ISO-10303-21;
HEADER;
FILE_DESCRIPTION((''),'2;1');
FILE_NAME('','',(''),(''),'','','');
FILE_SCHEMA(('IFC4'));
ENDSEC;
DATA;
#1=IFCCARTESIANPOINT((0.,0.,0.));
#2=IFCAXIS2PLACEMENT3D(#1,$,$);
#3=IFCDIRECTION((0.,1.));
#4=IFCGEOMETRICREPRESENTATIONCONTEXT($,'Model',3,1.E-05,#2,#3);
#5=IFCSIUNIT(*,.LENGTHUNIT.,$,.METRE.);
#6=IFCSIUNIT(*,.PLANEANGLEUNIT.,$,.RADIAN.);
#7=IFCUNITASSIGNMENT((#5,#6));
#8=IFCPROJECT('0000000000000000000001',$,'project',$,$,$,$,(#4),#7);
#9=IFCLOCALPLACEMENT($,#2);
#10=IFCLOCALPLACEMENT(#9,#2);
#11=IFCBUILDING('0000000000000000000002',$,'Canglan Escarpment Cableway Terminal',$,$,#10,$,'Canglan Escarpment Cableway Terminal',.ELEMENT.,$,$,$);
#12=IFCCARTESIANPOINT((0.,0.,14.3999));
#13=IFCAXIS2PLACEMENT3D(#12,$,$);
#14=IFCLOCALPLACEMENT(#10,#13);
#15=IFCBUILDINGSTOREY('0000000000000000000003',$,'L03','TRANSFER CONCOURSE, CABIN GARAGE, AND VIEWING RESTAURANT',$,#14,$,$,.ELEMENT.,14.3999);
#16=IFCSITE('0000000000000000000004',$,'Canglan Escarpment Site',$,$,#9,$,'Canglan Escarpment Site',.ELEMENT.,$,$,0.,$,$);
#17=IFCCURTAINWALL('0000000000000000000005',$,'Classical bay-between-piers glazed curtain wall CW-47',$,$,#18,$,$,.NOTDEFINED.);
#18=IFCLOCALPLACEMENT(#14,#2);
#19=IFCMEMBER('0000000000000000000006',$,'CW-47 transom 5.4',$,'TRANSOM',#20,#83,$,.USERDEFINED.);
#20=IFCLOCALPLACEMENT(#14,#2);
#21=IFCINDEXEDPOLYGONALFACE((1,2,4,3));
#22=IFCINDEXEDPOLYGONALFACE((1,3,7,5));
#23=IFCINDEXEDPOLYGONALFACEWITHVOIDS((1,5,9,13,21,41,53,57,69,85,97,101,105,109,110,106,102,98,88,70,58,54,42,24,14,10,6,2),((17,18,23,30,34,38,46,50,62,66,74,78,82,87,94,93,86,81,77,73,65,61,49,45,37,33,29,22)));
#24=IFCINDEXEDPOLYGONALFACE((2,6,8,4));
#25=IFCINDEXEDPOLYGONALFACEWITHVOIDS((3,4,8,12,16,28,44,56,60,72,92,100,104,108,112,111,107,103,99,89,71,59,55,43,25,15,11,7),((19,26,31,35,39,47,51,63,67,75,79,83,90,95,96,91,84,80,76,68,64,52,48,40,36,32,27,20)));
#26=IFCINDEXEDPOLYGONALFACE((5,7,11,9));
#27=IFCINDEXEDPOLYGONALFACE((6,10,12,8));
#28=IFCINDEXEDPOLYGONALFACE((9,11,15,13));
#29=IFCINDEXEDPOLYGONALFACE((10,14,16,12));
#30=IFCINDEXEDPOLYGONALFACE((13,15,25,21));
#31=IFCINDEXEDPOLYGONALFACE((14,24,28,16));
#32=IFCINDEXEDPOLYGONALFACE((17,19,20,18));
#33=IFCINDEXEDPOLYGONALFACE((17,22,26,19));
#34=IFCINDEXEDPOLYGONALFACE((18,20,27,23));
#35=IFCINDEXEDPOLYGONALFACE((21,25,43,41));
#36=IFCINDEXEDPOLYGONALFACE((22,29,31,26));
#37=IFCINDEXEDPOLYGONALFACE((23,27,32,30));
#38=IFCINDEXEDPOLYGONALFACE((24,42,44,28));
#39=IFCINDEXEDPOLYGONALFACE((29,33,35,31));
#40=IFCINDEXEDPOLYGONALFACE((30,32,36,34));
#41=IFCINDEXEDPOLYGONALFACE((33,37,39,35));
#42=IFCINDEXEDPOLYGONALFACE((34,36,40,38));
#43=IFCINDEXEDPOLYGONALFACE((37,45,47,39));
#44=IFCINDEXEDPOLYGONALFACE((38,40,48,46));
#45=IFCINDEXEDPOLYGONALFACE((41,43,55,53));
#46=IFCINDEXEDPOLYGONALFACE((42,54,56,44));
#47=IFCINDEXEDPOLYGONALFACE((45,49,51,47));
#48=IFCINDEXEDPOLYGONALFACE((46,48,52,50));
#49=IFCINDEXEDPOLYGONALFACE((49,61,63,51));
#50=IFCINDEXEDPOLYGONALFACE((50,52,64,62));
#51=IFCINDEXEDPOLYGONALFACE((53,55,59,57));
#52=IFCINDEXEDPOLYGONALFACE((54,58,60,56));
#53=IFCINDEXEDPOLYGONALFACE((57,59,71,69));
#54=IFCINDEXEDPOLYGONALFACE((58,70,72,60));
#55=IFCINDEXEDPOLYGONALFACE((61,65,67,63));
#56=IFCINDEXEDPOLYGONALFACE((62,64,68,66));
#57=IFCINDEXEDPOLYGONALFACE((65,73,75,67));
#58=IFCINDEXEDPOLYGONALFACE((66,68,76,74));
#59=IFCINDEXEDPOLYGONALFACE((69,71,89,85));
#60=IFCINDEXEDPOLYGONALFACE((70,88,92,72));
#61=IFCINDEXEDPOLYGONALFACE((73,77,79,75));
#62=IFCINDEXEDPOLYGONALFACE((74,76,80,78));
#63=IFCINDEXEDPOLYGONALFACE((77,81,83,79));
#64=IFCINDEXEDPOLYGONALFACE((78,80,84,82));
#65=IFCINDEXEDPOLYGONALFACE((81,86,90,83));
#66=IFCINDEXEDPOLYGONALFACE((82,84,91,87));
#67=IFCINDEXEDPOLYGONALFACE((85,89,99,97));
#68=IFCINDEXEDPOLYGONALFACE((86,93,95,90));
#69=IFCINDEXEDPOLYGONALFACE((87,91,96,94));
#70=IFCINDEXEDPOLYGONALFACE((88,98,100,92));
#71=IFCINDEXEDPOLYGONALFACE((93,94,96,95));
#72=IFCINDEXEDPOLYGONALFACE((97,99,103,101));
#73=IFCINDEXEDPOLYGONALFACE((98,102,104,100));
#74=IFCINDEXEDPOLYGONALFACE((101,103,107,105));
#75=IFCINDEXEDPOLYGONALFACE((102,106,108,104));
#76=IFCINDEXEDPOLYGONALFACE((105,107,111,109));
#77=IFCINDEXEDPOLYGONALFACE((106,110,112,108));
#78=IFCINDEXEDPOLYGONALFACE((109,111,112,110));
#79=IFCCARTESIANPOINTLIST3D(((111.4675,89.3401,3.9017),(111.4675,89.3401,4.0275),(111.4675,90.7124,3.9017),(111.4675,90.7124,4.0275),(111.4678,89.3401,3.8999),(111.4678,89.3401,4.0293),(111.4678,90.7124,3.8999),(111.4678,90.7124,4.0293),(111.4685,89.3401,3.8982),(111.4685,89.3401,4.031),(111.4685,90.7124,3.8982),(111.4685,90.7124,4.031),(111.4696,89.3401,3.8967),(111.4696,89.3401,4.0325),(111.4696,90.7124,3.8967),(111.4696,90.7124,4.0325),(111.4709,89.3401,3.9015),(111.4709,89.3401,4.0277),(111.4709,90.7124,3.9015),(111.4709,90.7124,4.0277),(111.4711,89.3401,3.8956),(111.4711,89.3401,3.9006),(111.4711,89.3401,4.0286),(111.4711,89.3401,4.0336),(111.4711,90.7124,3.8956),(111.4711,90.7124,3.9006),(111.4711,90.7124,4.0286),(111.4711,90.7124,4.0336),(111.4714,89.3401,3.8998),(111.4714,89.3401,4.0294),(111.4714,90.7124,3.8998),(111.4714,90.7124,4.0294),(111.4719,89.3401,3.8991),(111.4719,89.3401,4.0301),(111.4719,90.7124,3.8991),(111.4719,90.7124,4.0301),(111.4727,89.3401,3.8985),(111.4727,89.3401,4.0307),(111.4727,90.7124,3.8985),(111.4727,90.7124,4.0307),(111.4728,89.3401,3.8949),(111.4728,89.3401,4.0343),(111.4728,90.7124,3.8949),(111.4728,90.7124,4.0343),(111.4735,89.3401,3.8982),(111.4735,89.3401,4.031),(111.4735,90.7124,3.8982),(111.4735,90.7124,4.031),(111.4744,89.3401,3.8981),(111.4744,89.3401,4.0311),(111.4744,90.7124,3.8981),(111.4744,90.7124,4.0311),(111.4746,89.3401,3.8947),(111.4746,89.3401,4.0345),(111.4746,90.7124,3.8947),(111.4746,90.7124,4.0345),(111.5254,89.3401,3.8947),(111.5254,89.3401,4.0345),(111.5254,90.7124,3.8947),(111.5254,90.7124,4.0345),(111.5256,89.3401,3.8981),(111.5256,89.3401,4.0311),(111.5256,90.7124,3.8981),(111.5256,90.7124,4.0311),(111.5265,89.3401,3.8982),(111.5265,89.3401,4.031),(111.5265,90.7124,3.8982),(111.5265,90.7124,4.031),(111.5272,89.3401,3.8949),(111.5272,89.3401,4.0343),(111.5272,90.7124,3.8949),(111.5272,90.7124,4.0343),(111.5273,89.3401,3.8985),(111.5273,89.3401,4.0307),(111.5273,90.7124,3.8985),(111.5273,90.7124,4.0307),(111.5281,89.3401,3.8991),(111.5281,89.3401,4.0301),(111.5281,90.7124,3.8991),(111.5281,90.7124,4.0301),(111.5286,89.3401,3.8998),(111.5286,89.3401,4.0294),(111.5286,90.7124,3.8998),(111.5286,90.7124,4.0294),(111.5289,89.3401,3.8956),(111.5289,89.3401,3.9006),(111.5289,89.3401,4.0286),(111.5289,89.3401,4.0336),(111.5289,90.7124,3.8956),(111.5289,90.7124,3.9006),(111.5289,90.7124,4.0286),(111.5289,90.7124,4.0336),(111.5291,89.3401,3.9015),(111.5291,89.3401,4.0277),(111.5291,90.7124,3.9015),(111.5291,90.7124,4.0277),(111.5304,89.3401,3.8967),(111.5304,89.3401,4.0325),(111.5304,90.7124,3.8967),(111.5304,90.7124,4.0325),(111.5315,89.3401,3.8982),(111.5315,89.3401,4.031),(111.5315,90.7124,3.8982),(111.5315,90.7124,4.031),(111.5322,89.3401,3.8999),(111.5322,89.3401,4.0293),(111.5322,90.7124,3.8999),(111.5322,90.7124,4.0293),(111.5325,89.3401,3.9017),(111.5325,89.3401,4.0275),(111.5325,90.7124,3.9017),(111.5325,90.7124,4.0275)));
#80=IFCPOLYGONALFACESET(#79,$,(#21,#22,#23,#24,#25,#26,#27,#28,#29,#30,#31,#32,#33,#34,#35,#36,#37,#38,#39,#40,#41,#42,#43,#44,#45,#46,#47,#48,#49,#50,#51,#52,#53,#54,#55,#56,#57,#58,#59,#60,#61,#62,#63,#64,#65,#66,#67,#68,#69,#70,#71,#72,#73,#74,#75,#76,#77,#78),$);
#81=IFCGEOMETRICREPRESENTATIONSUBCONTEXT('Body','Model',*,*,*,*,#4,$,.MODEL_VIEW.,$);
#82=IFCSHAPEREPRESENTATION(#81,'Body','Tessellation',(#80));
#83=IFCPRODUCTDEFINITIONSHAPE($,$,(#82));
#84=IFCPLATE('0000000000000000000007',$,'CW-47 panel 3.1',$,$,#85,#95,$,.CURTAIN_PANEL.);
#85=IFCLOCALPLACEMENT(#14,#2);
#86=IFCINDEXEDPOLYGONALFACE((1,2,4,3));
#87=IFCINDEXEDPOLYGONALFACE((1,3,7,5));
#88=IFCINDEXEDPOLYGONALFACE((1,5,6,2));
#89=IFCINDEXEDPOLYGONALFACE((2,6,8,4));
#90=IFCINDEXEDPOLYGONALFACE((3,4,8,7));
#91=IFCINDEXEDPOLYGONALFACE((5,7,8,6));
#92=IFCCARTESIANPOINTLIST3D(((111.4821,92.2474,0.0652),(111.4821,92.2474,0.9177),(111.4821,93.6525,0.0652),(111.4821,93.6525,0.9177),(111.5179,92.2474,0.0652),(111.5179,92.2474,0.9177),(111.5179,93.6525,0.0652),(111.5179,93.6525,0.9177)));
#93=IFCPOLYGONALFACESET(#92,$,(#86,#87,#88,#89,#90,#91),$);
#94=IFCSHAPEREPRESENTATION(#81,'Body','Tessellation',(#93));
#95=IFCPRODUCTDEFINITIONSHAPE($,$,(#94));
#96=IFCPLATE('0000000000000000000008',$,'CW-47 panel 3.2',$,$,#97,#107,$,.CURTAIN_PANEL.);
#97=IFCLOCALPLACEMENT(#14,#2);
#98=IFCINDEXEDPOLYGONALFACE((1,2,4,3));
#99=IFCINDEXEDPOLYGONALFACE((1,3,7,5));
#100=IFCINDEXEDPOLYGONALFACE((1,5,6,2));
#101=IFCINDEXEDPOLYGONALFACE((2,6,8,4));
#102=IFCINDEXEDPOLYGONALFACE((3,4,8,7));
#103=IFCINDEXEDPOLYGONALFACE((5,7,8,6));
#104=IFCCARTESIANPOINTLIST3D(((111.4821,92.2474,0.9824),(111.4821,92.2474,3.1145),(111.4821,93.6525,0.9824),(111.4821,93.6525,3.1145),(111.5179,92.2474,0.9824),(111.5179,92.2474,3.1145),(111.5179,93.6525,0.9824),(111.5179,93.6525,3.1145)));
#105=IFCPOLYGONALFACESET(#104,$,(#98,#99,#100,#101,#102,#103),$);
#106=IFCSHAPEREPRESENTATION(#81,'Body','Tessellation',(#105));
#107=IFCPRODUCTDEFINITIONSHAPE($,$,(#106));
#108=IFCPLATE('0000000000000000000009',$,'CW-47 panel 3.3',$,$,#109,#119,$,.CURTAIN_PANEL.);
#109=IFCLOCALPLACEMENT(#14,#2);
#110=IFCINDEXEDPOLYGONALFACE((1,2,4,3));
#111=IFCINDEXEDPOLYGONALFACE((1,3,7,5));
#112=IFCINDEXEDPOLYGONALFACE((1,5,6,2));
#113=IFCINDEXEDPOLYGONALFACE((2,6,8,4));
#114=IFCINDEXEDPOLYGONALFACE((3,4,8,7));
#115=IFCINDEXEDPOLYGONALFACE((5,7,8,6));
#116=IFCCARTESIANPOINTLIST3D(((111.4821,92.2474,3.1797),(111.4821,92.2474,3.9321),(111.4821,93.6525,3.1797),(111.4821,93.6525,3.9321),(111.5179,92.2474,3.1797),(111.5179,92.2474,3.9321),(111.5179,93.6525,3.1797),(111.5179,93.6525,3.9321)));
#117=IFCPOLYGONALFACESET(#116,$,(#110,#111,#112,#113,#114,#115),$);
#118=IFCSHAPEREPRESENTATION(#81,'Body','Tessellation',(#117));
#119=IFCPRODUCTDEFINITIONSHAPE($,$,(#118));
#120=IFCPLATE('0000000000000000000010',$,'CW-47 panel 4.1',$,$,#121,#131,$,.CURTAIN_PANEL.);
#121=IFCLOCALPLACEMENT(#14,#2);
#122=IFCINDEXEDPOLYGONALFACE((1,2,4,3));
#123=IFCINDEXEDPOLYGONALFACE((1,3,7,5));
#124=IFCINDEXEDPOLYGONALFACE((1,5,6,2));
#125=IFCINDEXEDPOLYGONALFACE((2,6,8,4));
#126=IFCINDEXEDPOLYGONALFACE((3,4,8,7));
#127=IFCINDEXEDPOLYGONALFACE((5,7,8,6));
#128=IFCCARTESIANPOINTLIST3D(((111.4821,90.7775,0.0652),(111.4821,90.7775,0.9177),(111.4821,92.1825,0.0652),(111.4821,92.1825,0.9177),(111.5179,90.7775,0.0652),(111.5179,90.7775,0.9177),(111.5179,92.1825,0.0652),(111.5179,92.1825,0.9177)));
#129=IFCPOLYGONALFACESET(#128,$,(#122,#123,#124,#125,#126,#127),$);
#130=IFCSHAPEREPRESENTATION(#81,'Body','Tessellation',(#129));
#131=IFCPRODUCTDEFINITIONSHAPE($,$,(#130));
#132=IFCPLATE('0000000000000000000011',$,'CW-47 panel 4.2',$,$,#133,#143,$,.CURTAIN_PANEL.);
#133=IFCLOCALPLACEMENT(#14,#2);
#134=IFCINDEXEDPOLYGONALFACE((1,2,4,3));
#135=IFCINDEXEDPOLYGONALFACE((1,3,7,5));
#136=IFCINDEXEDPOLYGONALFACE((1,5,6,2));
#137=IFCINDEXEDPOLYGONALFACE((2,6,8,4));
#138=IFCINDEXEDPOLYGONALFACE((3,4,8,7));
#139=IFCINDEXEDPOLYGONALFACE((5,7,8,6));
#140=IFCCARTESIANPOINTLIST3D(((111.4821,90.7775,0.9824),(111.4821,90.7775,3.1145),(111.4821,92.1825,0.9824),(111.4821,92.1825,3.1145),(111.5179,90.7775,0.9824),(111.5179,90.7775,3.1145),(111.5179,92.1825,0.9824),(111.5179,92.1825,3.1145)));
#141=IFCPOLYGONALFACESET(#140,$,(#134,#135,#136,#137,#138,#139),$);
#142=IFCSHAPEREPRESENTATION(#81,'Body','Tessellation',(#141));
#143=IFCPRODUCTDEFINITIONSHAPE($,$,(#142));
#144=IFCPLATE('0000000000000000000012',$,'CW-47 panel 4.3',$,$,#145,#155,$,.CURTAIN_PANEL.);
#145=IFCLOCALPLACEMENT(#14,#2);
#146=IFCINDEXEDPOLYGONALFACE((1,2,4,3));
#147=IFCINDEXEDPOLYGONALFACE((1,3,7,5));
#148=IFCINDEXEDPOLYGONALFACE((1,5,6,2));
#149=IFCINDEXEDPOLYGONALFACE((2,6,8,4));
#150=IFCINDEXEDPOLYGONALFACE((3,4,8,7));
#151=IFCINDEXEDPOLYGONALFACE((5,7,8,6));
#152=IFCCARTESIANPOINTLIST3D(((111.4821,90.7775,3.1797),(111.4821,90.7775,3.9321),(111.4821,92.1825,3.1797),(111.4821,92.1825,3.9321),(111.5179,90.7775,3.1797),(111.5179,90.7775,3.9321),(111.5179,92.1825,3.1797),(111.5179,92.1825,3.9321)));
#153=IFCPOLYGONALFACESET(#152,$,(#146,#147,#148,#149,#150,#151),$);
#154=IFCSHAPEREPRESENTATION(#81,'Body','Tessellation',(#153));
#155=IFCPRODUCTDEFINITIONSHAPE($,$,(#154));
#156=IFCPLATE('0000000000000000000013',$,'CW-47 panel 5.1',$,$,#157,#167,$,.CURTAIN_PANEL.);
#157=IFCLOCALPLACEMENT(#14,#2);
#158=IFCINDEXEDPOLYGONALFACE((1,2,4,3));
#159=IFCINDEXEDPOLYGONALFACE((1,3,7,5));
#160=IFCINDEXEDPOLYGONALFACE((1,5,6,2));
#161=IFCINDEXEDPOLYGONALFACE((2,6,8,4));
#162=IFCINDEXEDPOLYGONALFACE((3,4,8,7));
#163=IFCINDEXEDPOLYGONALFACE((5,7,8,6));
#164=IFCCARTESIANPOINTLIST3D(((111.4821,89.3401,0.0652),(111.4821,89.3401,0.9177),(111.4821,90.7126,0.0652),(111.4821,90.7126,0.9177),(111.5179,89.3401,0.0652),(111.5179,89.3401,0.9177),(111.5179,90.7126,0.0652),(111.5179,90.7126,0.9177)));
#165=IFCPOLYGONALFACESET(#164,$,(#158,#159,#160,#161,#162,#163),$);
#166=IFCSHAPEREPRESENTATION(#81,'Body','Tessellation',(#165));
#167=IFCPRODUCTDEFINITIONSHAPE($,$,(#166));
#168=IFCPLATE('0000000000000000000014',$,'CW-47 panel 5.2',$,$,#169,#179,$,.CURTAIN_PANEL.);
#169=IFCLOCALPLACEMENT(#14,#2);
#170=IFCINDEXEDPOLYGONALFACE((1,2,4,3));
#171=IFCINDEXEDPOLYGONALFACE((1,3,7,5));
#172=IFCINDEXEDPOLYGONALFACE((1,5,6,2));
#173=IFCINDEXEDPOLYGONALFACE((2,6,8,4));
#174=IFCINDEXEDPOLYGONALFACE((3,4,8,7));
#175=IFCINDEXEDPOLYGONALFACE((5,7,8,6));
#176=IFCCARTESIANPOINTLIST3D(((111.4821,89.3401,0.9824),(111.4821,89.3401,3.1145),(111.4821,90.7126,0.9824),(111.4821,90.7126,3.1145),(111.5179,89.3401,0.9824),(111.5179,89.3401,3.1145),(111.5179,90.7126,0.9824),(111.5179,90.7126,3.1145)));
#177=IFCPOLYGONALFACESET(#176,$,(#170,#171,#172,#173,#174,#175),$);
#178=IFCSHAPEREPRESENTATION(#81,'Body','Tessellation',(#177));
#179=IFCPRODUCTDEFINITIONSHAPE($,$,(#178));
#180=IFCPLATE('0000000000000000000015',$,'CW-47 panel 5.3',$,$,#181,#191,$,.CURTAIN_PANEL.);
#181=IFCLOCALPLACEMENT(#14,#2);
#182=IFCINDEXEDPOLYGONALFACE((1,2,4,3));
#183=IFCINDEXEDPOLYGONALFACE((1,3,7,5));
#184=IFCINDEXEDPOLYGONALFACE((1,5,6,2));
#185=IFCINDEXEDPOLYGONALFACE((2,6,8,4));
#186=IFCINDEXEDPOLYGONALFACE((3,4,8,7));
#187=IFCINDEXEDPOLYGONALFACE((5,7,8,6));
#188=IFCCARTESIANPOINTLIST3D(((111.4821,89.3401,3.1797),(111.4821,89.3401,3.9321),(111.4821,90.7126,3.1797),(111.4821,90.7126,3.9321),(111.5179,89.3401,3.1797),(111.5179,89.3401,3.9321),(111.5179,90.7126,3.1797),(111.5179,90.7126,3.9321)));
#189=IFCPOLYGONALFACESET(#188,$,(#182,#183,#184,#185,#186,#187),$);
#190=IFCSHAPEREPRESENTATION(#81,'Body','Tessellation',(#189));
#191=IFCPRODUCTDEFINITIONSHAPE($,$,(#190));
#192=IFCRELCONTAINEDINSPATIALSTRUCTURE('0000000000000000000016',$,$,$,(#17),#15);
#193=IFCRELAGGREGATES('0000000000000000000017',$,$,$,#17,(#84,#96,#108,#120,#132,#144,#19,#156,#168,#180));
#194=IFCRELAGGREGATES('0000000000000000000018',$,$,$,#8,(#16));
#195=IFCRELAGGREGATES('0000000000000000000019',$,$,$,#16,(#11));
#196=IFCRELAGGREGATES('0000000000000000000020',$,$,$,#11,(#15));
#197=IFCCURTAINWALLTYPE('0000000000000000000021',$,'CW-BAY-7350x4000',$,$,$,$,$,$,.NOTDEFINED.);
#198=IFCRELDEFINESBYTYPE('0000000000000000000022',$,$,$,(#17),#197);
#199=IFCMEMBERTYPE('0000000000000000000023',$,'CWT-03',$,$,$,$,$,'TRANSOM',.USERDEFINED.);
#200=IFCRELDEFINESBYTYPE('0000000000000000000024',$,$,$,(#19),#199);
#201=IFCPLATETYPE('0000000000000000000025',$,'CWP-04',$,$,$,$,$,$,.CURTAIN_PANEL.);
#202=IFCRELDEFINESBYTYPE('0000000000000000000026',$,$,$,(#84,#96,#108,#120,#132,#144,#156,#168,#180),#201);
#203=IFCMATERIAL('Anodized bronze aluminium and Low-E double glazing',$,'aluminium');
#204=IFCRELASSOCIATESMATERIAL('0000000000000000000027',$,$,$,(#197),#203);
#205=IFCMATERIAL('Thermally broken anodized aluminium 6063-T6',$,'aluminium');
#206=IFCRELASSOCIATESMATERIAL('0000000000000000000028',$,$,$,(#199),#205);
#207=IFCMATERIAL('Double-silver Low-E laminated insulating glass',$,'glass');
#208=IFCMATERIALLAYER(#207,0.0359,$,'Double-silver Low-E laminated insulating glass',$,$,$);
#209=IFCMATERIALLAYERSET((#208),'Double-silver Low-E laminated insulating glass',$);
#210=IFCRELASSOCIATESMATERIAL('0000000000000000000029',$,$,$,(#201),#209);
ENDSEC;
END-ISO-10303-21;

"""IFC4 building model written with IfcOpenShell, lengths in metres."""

from ifc_helpers import new_model, si_unit, direction, frame, origin, origin_2d, place, context, subcontext, project, spatial, rectangle, hollow_rectangle, extrude, material, layer, layer_set, material_profile, profile_set, type_object, element, aggregate, save


model = new_model("IFC4")

# Units and contexts
model_context = context("Model", 3, precision=1e-05, world=origin(), true_north=direction((0.0, 1.0)))
body_context = subcontext(model_context, "Body", "Model", "MODEL_VIEW")
ifc_project = project(units=[si_unit("LENGTHUNIT", "METRE"), si_unit("PLANEANGLEUNIT", "RADIAN")], contexts=[model_context])

# Site, building, storey
site_placement = place(None, origin())
site = spatial("IfcSite", under=ifc_project, at=site_placement, Name="Canglan Escarpment Site", LongName="Canglan Escarpment Site", CompositionType="ELEMENT", RefElevation=0.0)
building_placement = place(site_placement, origin())
building = spatial("IfcBuilding", under=site, at=building_placement, Name="Canglan Escarpment Cableway Terminal", LongName="Canglan Escarpment Cableway Terminal", CompositionType="ELEMENT")
storey_placement = place(building_placement, frame((0.0, 0.0, 14.3999)))
storey = spatial("IfcBuildingStorey", under=building, at=storey_placement, Name="L03", Description="TRANSFER CONCOURSE, CABIN GARAGE, AND VIEWING RESTAURANT", CompositionType="ELEMENT", Elevation=14.3999)

# Curtain wall, member, plates
ifc_material_1 = material(Name="Anodized bronze aluminium and Low-E double glazing", Category="aluminium")
curtain_wall_type = type_object("IfcCurtainWallType", Name="CW-BAY-7350x4000", PredefinedType="NOTDEFINED", material=ifc_material_1)
curtain_wall_placement = place(storey_placement, origin())
curtain_wall = element("IfcCurtainWall", 1, at=curtain_wall_placement, inside=storey, type_object=curtain_wall_type, Name="Classical bay-between-piers glazed curtain wall CW-47", PredefinedType="NOTDEFINED")
ifc_material_2 = material(Name="Thermally broken anodized aluminium 6063-T6", Category="aluminium")
ifc_material_profile_1 = material_profile(ifc_material_2, hollow_rectangle(XDim=0.0649, YDim=0.1399, WallThickness=0.0034, InnerFilletRadius=0.0034, OuterFilletRadius=0.0071, at=origin_2d()), Name="ALU-TRAN 65x140x3.5")
ifc_profile_set_1 = profile_set([ifc_material_profile_1], Name="Thermally broken anodized aluminium 6063-T6")
member_type_1 = type_object("IfcMemberType", Name="CWT-03", ElementType="TRANSOM", PredefinedType="USERDEFINED", material=ifc_profile_set_1)
member_1_placement = place(storey_placement, frame((111.5, 90.7124, 3.9646), z_axis=(0.0, -1.0, 0.0), x_axis=(1.0, 0.0, 0.0)))
member_1 = element("IfcMember", 2, at=member_1_placement, type_object=member_type_1, Name="CW-47 transom 5.4", ObjectType="TRANSOM", PredefinedType="USERDEFINED", context=body_context, shape_type="SweptSolid", body=[
    extrude(hollow_rectangle(XDim=0.0649, YDim=0.1399, WallThickness=0.0034, InnerFilletRadius=0.0034, OuterFilletRadius=0.0071, at=origin_2d()), origin(), (0.0, 0.0, 1.0), 1.3723),
])
ifc_material_3 = material(Name="Double-silver Low-E laminated insulating glass", Category="glass")
ifc_layer_1 = layer(ifc_material_3, 0.0359, Name="Double-silver Low-E laminated insulating glass")
ifc_layer_set_1 = layer_set([ifc_layer_1], Name="Double-silver Low-E laminated insulating glass")
plate_type = type_object("IfcPlateType", Name="CWP-04", PredefinedType="CURTAIN_PANEL", material=ifc_layer_set_1)
plate_1_placement = place(storey_placement, frame((111.5, 92.95, 0.0652), z_axis=(0.0, 0.0, 1.0), x_axis=(0.0, -1.0, 0.0)))
plate_1 = element("IfcPlate", 3, at=plate_1_placement, type_object=plate_type, Name="CW-47 panel 3.1", PredefinedType="CURTAIN_PANEL", context=body_context, shape_type="SweptSolid", body=[
    extrude(rectangle(XDim=1.405, YDim=0.0359, at=origin_2d()), origin(), (0.0, 0.0, 1.0), 0.8525),
])
plate_2_placement = place(storey_placement, frame((111.5, 92.95, 0.9824), z_axis=(0.0, 0.0, 1.0), x_axis=(0.0, -1.0, 0.0)))
plate_2 = element("IfcPlate", 4, at=plate_2_placement, type_object=plate_type, Name="CW-47 panel 3.2", PredefinedType="CURTAIN_PANEL", context=body_context, shape_type="SweptSolid", body=[
    extrude(rectangle(XDim=1.405, YDim=0.0359, at=origin_2d()), origin(), (0.0, 0.0, 1.0), 2.1321),
])
plate_3_placement = place(storey_placement, frame((111.5, 92.95, 3.1797), z_axis=(0.0, 0.0, 1.0), x_axis=(0.0, -1.0, 0.0)))
plate_3 = element("IfcPlate", 5, at=plate_3_placement, type_object=plate_type, Name="CW-47 panel 3.3", PredefinedType="CURTAIN_PANEL", context=body_context, shape_type="SweptSolid", body=[
    extrude(rectangle(XDim=1.405, YDim=0.0359, at=origin_2d()), origin(), (0.0, 0.0, 1.0), 0.7524),
])
plate_4_placement = place(storey_placement, frame((111.5, 91.48, 0.0652), z_axis=(0.0, 0.0, 1.0), x_axis=(0.0, -1.0, 0.0)))
plate_4 = element("IfcPlate", 6, at=plate_4_placement, type_object=plate_type, Name="CW-47 panel 4.1", PredefinedType="CURTAIN_PANEL", context=body_context, shape_type="SweptSolid", body=[
    extrude(rectangle(XDim=1.405, YDim=0.0359, at=origin_2d()), origin(), (0.0, 0.0, 1.0), 0.8525),
])
plate_5_placement = place(storey_placement, frame((111.5, 91.48, 0.9824), z_axis=(0.0, 0.0, 1.0), x_axis=(0.0, -1.0, 0.0)))
plate_5 = element("IfcPlate", 7, at=plate_5_placement, type_object=plate_type, Name="CW-47 panel 4.2", PredefinedType="CURTAIN_PANEL", context=body_context, shape_type="SweptSolid", body=[
    extrude(rectangle(XDim=1.405, YDim=0.0359, at=origin_2d()), origin(), (0.0, 0.0, 1.0), 2.1321),
])
plate_6_placement = place(storey_placement, frame((111.5, 91.48, 3.1797), z_axis=(0.0, 0.0, 1.0), x_axis=(0.0, -1.0, 0.0)))
plate_6 = element("IfcPlate", 8, at=plate_6_placement, type_object=plate_type, Name="CW-47 panel 4.3", PredefinedType="CURTAIN_PANEL", context=body_context, shape_type="SweptSolid", body=[
    extrude(rectangle(XDim=1.405, YDim=0.0359, at=origin_2d()), origin(), (0.0, 0.0, 1.0), 0.7524),
])
plate_7_placement = place(storey_placement, frame((111.5, 90.0264, 0.0652), z_axis=(0.0, 0.0, 1.0), x_axis=(0.0, -1.0, 0.0)))
plate_7 = element("IfcPlate", 9, at=plate_7_placement, type_object=plate_type, Name="CW-47 panel 5.1", PredefinedType="CURTAIN_PANEL", context=body_context, shape_type="SweptSolid", body=[
    extrude(rectangle(XDim=1.3726, YDim=0.0359, at=origin_2d()), origin(), (0.0, 0.0, 1.0), 0.8525),
])
plate_8_placement = place(storey_placement, frame((111.5, 90.0264, 0.9824), z_axis=(0.0, 0.0, 1.0), x_axis=(0.0, -1.0, 0.0)))
plate_8 = element("IfcPlate", 10, at=plate_8_placement, type_object=plate_type, Name="CW-47 panel 5.2", PredefinedType="CURTAIN_PANEL", context=body_context, shape_type="SweptSolid", body=[
    extrude(rectangle(XDim=1.3726, YDim=0.0359, at=origin_2d()), origin(), (0.0, 0.0, 1.0), 2.1321),
])
plate_9_placement = place(storey_placement, frame((111.5, 90.0264, 3.1797), z_axis=(0.0, 0.0, 1.0), x_axis=(0.0, -1.0, 0.0)))
plate_9 = element("IfcPlate", 11, at=plate_9_placement, type_object=plate_type, Name="CW-47 panel 5.3", PredefinedType="CURTAIN_PANEL", context=body_context, shape_type="SweptSolid", body=[
    extrude(rectangle(XDim=1.3726, YDim=0.0359, at=origin_2d()), origin(), (0.0, 0.0, 1.0), 0.7524),
])
aggregate(curtain_wall, [plate_1, plate_2, plate_3, plate_4, plate_5, plate_6, member_1, plate_7, plate_8, plate_9])

save(model, "model.ifc")
